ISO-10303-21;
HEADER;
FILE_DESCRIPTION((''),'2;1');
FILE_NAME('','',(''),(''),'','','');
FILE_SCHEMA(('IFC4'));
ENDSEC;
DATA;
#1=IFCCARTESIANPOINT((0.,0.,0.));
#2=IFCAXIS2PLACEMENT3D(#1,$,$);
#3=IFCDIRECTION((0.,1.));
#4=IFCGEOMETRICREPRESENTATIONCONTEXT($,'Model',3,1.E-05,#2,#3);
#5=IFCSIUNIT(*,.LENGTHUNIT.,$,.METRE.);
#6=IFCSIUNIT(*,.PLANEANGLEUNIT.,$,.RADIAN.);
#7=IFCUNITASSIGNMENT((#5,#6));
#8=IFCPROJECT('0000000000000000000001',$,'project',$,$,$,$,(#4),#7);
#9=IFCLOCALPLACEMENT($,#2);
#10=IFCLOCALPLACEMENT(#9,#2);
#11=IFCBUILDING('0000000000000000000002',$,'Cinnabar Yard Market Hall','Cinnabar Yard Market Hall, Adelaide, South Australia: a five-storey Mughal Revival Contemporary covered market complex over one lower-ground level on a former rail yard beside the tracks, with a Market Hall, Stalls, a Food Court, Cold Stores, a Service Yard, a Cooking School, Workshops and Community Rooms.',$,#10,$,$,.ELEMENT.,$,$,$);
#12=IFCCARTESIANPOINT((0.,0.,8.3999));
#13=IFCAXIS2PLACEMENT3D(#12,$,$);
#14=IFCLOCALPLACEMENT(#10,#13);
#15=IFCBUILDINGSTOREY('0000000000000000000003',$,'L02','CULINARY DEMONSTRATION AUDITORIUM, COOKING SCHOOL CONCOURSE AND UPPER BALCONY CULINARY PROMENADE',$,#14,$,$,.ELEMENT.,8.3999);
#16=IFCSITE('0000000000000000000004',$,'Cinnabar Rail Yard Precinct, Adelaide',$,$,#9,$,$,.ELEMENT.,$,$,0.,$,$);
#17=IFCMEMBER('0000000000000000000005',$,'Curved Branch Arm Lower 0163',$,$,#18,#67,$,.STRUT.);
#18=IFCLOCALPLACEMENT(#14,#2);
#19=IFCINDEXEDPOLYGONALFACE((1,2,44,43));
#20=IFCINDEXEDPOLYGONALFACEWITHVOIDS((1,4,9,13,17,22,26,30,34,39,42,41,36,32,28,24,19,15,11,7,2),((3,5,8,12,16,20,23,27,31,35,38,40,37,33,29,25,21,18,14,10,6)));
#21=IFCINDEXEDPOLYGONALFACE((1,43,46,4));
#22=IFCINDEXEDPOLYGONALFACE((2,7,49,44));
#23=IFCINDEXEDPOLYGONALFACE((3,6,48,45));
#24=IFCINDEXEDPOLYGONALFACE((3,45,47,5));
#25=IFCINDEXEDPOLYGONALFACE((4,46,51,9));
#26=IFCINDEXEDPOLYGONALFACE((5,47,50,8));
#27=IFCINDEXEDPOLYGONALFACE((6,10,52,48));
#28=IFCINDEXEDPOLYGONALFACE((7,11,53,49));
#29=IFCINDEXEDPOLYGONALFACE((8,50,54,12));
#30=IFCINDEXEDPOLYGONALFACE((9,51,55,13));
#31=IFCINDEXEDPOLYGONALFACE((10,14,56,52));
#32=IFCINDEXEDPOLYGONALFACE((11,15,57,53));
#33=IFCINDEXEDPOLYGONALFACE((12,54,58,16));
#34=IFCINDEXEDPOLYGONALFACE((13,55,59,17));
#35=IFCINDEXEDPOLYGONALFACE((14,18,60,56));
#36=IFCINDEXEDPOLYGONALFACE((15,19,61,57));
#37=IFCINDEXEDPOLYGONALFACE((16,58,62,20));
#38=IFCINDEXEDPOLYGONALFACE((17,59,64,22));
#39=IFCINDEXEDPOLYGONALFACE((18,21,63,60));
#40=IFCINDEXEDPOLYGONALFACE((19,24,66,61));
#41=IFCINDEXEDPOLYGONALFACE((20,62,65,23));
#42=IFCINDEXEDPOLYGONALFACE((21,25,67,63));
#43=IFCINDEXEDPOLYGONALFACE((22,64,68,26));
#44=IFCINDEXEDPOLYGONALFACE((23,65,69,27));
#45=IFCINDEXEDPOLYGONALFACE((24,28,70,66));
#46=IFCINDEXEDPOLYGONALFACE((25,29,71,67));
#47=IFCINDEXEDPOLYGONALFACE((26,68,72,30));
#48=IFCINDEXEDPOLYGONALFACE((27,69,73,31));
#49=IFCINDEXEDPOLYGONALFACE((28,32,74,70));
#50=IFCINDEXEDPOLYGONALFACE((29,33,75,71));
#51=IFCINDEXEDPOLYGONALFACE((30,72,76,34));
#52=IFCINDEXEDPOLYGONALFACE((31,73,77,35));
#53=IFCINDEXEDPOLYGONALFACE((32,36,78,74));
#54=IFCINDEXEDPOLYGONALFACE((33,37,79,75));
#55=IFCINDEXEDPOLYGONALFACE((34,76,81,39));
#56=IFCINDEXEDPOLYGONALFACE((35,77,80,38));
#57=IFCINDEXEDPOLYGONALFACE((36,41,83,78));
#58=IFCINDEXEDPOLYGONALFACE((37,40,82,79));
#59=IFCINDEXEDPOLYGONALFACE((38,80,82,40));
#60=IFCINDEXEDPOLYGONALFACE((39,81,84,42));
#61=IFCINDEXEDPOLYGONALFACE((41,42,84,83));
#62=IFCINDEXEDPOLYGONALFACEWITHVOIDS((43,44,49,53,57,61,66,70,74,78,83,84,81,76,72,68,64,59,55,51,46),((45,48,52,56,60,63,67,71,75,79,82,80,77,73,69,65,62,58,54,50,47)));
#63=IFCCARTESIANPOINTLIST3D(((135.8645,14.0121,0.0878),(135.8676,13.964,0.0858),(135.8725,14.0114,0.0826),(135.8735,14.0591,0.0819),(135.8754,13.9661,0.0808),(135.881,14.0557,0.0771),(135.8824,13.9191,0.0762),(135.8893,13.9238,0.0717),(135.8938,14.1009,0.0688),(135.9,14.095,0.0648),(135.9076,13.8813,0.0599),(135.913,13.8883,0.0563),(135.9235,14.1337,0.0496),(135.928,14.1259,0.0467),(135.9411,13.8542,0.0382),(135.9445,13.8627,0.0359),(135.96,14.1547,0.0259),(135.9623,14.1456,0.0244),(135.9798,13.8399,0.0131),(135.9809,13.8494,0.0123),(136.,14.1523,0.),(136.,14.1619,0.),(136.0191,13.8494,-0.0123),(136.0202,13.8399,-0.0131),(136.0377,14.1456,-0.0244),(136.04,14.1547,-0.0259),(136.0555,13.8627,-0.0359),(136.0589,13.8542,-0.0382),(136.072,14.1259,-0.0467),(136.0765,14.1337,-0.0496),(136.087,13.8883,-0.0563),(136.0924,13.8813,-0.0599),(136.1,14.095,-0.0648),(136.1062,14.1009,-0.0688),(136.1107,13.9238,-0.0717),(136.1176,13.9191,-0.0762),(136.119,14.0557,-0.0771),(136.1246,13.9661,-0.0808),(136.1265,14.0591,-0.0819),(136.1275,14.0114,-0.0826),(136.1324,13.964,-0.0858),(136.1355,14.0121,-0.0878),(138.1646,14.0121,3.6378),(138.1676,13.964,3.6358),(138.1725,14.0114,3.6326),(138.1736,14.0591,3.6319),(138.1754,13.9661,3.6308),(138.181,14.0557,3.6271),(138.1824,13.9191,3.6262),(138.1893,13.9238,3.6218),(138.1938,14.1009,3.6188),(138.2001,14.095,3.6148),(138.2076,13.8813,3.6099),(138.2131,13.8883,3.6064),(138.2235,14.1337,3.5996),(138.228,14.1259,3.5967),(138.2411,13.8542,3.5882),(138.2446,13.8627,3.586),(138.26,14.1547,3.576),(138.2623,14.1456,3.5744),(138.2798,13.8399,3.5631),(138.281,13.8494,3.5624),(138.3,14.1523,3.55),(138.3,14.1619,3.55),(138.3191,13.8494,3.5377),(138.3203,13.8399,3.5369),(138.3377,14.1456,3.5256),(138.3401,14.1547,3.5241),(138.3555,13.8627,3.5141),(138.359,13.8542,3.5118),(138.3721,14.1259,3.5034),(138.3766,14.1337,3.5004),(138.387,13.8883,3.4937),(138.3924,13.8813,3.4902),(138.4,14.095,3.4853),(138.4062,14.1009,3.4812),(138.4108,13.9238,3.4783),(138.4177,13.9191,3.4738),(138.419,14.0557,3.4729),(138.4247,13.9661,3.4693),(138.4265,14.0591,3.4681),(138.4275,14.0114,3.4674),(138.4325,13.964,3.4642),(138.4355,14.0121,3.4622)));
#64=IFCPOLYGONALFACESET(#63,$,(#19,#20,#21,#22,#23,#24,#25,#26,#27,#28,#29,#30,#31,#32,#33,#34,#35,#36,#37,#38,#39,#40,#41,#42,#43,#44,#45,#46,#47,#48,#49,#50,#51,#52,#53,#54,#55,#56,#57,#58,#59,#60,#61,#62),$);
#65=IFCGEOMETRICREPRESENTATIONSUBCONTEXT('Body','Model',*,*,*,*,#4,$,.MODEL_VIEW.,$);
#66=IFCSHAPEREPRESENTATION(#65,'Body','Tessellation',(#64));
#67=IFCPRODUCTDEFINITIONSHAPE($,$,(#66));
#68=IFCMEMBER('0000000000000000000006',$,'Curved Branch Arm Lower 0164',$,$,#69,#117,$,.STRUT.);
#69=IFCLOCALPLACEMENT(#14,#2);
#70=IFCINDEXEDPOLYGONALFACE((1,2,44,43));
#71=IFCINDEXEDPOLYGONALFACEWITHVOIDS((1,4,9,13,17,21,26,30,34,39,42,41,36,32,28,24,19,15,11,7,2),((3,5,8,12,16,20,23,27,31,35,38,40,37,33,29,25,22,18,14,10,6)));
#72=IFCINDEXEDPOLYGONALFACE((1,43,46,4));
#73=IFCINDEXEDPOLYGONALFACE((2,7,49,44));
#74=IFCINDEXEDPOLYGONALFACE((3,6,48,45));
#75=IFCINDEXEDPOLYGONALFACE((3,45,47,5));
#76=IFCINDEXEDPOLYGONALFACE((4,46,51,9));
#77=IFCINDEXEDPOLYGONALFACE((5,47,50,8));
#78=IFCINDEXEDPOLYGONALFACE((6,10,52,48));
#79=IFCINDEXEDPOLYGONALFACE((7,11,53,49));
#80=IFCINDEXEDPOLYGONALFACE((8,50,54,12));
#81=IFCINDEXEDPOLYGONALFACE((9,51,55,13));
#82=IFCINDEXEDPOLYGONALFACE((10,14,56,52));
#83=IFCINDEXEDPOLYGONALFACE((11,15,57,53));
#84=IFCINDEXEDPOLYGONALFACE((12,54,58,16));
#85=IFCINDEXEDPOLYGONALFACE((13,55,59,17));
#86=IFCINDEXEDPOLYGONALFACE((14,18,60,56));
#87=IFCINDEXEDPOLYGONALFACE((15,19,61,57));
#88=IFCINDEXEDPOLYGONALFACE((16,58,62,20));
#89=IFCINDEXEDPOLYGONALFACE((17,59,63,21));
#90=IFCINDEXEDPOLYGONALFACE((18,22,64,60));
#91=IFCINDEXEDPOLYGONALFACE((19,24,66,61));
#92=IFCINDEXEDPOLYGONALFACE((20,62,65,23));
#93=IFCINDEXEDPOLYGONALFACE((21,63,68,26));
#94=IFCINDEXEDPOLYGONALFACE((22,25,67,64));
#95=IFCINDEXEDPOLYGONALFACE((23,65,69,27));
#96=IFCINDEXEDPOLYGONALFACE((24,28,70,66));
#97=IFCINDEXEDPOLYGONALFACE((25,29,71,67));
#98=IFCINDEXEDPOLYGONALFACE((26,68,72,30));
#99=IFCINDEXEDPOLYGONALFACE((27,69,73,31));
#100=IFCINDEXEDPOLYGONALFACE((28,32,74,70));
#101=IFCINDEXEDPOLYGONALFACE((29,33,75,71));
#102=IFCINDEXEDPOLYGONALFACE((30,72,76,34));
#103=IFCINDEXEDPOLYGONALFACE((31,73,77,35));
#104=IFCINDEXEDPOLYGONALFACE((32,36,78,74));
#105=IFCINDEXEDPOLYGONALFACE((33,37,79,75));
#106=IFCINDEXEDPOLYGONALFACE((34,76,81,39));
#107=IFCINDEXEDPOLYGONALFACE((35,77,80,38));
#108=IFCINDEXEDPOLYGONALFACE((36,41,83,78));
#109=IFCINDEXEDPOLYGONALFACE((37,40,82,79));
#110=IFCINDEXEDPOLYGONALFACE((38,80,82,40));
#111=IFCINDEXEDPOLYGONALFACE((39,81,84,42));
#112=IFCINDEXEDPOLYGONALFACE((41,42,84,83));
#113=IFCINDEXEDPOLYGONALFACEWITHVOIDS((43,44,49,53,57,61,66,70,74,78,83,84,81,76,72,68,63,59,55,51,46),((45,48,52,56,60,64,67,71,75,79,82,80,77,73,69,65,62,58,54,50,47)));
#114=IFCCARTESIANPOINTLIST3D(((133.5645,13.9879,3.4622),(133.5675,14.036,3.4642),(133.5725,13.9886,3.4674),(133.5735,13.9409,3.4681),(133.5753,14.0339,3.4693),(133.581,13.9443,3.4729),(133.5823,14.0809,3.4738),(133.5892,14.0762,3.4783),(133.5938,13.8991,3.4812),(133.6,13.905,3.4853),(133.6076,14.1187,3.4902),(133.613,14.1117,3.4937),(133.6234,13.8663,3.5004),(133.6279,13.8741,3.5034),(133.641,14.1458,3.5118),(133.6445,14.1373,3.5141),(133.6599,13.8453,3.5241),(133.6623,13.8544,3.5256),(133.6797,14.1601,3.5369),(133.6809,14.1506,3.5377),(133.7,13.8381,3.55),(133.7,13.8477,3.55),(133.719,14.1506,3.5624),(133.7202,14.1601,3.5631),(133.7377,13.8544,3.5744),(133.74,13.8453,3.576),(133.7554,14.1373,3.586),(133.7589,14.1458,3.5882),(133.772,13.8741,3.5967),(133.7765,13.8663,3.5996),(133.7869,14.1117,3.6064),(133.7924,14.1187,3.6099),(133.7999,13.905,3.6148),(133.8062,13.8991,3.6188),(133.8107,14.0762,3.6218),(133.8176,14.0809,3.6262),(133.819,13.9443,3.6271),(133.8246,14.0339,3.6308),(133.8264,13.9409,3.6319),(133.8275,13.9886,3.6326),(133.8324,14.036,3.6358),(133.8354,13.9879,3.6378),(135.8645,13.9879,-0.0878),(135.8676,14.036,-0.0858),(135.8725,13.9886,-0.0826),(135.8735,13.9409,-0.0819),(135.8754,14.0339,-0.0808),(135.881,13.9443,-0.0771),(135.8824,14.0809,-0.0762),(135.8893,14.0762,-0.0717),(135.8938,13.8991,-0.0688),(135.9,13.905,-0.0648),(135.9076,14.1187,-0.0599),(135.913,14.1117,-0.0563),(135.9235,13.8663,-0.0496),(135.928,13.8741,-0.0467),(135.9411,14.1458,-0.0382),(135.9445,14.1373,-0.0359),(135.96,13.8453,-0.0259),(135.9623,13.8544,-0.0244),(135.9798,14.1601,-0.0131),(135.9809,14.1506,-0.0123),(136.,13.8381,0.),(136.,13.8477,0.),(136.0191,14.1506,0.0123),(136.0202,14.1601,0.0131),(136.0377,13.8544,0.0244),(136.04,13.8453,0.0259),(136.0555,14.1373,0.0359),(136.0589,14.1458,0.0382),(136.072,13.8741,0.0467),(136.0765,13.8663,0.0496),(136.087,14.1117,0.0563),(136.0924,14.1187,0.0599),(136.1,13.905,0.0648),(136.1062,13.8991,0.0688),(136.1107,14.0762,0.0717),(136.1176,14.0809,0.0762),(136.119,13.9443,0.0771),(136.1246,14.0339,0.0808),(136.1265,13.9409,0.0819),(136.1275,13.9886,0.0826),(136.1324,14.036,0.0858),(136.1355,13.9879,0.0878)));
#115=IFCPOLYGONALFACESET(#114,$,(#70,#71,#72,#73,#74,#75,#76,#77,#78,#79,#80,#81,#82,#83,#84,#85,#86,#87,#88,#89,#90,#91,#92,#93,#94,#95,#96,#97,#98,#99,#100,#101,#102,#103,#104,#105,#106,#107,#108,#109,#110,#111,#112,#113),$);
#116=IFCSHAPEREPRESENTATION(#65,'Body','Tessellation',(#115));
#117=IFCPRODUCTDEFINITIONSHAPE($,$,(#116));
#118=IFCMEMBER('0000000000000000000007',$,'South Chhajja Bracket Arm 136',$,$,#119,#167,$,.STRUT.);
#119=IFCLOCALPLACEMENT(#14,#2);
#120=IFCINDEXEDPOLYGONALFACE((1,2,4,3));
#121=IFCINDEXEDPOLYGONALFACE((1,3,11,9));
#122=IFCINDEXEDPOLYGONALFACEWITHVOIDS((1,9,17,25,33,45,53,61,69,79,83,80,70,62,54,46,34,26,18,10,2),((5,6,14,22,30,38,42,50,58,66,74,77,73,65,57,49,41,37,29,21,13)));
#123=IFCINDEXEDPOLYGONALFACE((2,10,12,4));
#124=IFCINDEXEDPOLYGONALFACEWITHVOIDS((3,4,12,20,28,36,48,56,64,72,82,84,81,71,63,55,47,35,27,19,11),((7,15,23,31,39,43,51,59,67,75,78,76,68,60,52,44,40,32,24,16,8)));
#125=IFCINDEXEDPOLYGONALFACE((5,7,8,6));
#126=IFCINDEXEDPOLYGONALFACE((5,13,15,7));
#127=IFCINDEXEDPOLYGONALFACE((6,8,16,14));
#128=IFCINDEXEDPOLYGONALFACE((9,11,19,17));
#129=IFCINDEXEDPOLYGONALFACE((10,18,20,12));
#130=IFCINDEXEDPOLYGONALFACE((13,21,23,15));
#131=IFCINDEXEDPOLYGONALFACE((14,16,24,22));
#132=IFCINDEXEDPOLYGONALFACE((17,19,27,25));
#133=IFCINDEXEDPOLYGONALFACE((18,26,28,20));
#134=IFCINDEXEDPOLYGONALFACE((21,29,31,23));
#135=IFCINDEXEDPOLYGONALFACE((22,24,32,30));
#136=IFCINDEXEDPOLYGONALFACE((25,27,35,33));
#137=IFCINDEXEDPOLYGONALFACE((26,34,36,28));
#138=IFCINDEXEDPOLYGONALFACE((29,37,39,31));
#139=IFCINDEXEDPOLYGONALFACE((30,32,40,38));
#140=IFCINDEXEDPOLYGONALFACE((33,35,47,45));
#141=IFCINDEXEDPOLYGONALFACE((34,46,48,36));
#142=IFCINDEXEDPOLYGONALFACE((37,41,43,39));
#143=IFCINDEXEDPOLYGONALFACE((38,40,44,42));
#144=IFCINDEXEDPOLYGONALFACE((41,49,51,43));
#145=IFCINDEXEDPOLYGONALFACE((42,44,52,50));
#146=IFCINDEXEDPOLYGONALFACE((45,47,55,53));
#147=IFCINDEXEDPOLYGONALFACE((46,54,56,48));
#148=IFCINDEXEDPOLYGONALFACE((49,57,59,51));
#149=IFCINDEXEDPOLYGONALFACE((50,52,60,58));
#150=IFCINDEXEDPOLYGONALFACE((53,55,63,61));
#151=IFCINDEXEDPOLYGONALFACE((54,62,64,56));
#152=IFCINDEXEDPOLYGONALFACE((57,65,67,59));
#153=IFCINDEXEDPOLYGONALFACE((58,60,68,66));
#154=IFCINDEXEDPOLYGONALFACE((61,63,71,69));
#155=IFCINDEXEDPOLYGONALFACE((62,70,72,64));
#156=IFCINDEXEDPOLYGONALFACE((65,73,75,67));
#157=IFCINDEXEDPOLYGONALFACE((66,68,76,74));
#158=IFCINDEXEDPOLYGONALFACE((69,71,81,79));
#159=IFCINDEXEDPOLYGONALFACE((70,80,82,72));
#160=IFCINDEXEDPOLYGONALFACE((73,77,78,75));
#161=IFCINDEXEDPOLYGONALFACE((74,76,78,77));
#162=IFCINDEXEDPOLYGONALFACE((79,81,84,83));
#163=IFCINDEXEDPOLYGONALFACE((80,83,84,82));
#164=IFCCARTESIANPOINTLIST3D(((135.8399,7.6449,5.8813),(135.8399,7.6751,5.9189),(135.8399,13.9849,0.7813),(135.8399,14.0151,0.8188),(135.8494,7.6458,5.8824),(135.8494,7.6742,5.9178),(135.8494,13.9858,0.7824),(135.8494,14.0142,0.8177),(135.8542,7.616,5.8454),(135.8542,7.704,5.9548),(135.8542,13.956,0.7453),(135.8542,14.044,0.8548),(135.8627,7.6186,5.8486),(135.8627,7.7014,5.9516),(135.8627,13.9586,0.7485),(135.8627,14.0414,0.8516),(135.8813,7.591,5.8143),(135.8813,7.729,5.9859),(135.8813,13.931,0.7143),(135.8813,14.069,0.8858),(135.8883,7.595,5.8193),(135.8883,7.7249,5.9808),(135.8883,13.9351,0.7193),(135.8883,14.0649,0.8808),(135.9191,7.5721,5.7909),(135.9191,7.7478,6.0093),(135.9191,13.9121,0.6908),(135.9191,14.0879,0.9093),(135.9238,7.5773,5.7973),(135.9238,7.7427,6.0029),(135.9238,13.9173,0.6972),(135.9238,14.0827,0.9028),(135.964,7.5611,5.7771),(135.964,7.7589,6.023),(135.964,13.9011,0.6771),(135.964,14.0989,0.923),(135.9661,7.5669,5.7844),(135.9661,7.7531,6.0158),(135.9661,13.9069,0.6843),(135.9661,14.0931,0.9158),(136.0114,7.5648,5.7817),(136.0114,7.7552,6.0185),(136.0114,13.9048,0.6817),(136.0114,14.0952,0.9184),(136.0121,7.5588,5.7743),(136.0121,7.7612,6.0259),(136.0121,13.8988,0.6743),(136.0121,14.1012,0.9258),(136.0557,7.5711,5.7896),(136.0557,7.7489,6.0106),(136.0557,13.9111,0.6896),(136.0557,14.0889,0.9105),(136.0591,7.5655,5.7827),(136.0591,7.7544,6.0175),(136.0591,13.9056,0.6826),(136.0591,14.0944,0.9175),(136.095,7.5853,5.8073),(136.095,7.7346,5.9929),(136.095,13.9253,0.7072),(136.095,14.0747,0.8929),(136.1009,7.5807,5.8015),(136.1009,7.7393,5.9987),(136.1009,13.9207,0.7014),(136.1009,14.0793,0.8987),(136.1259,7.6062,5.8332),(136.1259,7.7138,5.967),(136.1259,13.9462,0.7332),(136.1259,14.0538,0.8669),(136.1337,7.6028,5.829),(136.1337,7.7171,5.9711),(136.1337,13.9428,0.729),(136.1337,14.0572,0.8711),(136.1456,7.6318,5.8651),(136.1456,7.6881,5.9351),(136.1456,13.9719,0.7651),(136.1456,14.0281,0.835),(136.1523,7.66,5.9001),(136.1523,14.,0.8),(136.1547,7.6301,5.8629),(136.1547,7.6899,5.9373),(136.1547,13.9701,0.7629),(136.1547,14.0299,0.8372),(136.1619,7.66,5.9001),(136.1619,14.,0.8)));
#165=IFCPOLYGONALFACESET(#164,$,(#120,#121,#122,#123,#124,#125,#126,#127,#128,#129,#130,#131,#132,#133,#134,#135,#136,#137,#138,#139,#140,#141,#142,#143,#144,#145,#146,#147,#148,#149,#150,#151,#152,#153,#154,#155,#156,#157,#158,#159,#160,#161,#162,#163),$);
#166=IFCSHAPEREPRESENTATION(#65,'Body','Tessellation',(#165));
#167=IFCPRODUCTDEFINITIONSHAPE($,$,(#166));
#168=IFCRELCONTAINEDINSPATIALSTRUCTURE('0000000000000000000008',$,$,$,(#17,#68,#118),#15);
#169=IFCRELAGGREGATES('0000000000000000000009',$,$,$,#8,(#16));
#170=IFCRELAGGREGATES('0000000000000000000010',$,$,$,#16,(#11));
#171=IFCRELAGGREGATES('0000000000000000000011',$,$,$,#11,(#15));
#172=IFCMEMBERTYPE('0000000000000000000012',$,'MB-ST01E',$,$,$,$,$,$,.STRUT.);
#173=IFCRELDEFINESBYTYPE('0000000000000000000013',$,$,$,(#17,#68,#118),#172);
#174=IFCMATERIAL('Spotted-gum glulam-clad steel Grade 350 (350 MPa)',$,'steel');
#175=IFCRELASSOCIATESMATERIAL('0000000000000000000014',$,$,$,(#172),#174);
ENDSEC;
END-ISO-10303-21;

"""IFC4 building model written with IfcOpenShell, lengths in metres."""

from ifc_helpers import new_model, si_unit, direction, frame, origin, origin_2d_with_axis, place, context, subcontext, project, spatial, hollow_circle, extrude, material, material_profile, profile_set, type_object, element, save


model = new_model("IFC4")

# Units and contexts
model_context = context("Model", 3, precision=1e-05, world=origin(), true_north=direction((0.0, 1.0)))
body_context = subcontext(model_context, "Body", "Model", "MODEL_VIEW")
ifc_project = project(units=[si_unit("LENGTHUNIT", "METRE"), si_unit("PLANEANGLEUNIT", "RADIAN")], contexts=[model_context])

# Site, building, storey
site_placement = place(None, origin())
site = spatial("IfcSite", under=ifc_project, at=site_placement, Name="Cinnabar Rail Yard Precinct, Adelaide", CompositionType="ELEMENT", RefElevation=0.0)
building_placement = place(site_placement, origin())
building = spatial("IfcBuilding", under=site, at=building_placement, Name="Cinnabar Yard Market Hall", Description="Cinnabar Yard Market Hall, Adelaide, South Australia: a five-storey Mughal Revival Contemporary covered market complex over one lower-ground level on a former rail yard beside the tracks, with a Market Hall, Stalls, a Food Court, Cold Stores, a Service Yard, a Cooking School, Workshops and Community Rooms.", CompositionType="ELEMENT")
storey_placement = place(building_placement, frame((0.0, 0.0, 8.3999)))
storey = spatial("IfcBuildingStorey", under=building, at=storey_placement, Name="L02", Description="CULINARY DEMONSTRATION AUDITORIUM, COOKING SCHOOL CONCOURSE AND UPPER BALCONY CULINARY PROMENADE", CompositionType="ELEMENT", Elevation=8.3999)

# Shared definitions
ifc_material_1 = material(Name="Spotted-gum glulam-clad steel Grade 350 (350 MPa)", Category="steel")

# Members
ifc_material_profile_1 = material_profile(ifc_material_1, hollow_circle(Radius=0.1619, WallThickness=0.0095, at=origin_2d_with_axis()), Name="323.9x9.5CHS")
ifc_profile_set_1 = profile_set([ifc_material_profile_1], Name="Spotted-gum glulam-clad steel Grade 350 (350 MPa)")
member_type_1 = type_object("IfcMemberType", Name="MB-ST01E", PredefinedType="STRUT", material=ifc_profile_set_1)
for number, where, z_axis, x_axis, name in (
    (1, (136.0, 14.0, 0.0), (0.543744, 0.0, 0.839251), (0.0, 1.0, 0.0), "Curved Branch Arm Lower 0163"),
    (2, (136.0, 14.0, 0.0), (-0.543744, 0.0, 0.839251), (0.0, -1.0, 0.0), "Curved Branch Arm Lower 0164"),
):
    element("IfcMember", number, at=place(storey_placement, frame(where, z_axis=z_axis, x_axis=x_axis)), inside=storey, type_object=member_type_1, Name=name, PredefinedType="STRUT", context=body_context, shape_type="SweptSolid", body=[
        extrude(hollow_circle(Radius=0.1619, WallThickness=0.0095, at=origin_2d_with_axis()), origin(), (0.0, 0.0, 1.0), 4.23),
    ])
member_1_placement = place(storey_placement, frame((136.0, 14.0, 0.8), z_axis=(0.0, -0.779186, 0.626793), x_axis=(1.0, 0.0, 0.0)))
element("IfcMember", 3, at=member_1_placement, inside=storey, type_object=member_type_1, Name="South Chhajja Bracket Arm 136", PredefinedType="STRUT", context=body_context, shape_type="SweptSolid", body=[
    extrude(hollow_circle(Radius=0.1619, WallThickness=0.0095, at=origin_2d_with_axis()), origin(), (0.0, 0.0, 1.0), 8.1367),
])

save(model, "model.ifc")
